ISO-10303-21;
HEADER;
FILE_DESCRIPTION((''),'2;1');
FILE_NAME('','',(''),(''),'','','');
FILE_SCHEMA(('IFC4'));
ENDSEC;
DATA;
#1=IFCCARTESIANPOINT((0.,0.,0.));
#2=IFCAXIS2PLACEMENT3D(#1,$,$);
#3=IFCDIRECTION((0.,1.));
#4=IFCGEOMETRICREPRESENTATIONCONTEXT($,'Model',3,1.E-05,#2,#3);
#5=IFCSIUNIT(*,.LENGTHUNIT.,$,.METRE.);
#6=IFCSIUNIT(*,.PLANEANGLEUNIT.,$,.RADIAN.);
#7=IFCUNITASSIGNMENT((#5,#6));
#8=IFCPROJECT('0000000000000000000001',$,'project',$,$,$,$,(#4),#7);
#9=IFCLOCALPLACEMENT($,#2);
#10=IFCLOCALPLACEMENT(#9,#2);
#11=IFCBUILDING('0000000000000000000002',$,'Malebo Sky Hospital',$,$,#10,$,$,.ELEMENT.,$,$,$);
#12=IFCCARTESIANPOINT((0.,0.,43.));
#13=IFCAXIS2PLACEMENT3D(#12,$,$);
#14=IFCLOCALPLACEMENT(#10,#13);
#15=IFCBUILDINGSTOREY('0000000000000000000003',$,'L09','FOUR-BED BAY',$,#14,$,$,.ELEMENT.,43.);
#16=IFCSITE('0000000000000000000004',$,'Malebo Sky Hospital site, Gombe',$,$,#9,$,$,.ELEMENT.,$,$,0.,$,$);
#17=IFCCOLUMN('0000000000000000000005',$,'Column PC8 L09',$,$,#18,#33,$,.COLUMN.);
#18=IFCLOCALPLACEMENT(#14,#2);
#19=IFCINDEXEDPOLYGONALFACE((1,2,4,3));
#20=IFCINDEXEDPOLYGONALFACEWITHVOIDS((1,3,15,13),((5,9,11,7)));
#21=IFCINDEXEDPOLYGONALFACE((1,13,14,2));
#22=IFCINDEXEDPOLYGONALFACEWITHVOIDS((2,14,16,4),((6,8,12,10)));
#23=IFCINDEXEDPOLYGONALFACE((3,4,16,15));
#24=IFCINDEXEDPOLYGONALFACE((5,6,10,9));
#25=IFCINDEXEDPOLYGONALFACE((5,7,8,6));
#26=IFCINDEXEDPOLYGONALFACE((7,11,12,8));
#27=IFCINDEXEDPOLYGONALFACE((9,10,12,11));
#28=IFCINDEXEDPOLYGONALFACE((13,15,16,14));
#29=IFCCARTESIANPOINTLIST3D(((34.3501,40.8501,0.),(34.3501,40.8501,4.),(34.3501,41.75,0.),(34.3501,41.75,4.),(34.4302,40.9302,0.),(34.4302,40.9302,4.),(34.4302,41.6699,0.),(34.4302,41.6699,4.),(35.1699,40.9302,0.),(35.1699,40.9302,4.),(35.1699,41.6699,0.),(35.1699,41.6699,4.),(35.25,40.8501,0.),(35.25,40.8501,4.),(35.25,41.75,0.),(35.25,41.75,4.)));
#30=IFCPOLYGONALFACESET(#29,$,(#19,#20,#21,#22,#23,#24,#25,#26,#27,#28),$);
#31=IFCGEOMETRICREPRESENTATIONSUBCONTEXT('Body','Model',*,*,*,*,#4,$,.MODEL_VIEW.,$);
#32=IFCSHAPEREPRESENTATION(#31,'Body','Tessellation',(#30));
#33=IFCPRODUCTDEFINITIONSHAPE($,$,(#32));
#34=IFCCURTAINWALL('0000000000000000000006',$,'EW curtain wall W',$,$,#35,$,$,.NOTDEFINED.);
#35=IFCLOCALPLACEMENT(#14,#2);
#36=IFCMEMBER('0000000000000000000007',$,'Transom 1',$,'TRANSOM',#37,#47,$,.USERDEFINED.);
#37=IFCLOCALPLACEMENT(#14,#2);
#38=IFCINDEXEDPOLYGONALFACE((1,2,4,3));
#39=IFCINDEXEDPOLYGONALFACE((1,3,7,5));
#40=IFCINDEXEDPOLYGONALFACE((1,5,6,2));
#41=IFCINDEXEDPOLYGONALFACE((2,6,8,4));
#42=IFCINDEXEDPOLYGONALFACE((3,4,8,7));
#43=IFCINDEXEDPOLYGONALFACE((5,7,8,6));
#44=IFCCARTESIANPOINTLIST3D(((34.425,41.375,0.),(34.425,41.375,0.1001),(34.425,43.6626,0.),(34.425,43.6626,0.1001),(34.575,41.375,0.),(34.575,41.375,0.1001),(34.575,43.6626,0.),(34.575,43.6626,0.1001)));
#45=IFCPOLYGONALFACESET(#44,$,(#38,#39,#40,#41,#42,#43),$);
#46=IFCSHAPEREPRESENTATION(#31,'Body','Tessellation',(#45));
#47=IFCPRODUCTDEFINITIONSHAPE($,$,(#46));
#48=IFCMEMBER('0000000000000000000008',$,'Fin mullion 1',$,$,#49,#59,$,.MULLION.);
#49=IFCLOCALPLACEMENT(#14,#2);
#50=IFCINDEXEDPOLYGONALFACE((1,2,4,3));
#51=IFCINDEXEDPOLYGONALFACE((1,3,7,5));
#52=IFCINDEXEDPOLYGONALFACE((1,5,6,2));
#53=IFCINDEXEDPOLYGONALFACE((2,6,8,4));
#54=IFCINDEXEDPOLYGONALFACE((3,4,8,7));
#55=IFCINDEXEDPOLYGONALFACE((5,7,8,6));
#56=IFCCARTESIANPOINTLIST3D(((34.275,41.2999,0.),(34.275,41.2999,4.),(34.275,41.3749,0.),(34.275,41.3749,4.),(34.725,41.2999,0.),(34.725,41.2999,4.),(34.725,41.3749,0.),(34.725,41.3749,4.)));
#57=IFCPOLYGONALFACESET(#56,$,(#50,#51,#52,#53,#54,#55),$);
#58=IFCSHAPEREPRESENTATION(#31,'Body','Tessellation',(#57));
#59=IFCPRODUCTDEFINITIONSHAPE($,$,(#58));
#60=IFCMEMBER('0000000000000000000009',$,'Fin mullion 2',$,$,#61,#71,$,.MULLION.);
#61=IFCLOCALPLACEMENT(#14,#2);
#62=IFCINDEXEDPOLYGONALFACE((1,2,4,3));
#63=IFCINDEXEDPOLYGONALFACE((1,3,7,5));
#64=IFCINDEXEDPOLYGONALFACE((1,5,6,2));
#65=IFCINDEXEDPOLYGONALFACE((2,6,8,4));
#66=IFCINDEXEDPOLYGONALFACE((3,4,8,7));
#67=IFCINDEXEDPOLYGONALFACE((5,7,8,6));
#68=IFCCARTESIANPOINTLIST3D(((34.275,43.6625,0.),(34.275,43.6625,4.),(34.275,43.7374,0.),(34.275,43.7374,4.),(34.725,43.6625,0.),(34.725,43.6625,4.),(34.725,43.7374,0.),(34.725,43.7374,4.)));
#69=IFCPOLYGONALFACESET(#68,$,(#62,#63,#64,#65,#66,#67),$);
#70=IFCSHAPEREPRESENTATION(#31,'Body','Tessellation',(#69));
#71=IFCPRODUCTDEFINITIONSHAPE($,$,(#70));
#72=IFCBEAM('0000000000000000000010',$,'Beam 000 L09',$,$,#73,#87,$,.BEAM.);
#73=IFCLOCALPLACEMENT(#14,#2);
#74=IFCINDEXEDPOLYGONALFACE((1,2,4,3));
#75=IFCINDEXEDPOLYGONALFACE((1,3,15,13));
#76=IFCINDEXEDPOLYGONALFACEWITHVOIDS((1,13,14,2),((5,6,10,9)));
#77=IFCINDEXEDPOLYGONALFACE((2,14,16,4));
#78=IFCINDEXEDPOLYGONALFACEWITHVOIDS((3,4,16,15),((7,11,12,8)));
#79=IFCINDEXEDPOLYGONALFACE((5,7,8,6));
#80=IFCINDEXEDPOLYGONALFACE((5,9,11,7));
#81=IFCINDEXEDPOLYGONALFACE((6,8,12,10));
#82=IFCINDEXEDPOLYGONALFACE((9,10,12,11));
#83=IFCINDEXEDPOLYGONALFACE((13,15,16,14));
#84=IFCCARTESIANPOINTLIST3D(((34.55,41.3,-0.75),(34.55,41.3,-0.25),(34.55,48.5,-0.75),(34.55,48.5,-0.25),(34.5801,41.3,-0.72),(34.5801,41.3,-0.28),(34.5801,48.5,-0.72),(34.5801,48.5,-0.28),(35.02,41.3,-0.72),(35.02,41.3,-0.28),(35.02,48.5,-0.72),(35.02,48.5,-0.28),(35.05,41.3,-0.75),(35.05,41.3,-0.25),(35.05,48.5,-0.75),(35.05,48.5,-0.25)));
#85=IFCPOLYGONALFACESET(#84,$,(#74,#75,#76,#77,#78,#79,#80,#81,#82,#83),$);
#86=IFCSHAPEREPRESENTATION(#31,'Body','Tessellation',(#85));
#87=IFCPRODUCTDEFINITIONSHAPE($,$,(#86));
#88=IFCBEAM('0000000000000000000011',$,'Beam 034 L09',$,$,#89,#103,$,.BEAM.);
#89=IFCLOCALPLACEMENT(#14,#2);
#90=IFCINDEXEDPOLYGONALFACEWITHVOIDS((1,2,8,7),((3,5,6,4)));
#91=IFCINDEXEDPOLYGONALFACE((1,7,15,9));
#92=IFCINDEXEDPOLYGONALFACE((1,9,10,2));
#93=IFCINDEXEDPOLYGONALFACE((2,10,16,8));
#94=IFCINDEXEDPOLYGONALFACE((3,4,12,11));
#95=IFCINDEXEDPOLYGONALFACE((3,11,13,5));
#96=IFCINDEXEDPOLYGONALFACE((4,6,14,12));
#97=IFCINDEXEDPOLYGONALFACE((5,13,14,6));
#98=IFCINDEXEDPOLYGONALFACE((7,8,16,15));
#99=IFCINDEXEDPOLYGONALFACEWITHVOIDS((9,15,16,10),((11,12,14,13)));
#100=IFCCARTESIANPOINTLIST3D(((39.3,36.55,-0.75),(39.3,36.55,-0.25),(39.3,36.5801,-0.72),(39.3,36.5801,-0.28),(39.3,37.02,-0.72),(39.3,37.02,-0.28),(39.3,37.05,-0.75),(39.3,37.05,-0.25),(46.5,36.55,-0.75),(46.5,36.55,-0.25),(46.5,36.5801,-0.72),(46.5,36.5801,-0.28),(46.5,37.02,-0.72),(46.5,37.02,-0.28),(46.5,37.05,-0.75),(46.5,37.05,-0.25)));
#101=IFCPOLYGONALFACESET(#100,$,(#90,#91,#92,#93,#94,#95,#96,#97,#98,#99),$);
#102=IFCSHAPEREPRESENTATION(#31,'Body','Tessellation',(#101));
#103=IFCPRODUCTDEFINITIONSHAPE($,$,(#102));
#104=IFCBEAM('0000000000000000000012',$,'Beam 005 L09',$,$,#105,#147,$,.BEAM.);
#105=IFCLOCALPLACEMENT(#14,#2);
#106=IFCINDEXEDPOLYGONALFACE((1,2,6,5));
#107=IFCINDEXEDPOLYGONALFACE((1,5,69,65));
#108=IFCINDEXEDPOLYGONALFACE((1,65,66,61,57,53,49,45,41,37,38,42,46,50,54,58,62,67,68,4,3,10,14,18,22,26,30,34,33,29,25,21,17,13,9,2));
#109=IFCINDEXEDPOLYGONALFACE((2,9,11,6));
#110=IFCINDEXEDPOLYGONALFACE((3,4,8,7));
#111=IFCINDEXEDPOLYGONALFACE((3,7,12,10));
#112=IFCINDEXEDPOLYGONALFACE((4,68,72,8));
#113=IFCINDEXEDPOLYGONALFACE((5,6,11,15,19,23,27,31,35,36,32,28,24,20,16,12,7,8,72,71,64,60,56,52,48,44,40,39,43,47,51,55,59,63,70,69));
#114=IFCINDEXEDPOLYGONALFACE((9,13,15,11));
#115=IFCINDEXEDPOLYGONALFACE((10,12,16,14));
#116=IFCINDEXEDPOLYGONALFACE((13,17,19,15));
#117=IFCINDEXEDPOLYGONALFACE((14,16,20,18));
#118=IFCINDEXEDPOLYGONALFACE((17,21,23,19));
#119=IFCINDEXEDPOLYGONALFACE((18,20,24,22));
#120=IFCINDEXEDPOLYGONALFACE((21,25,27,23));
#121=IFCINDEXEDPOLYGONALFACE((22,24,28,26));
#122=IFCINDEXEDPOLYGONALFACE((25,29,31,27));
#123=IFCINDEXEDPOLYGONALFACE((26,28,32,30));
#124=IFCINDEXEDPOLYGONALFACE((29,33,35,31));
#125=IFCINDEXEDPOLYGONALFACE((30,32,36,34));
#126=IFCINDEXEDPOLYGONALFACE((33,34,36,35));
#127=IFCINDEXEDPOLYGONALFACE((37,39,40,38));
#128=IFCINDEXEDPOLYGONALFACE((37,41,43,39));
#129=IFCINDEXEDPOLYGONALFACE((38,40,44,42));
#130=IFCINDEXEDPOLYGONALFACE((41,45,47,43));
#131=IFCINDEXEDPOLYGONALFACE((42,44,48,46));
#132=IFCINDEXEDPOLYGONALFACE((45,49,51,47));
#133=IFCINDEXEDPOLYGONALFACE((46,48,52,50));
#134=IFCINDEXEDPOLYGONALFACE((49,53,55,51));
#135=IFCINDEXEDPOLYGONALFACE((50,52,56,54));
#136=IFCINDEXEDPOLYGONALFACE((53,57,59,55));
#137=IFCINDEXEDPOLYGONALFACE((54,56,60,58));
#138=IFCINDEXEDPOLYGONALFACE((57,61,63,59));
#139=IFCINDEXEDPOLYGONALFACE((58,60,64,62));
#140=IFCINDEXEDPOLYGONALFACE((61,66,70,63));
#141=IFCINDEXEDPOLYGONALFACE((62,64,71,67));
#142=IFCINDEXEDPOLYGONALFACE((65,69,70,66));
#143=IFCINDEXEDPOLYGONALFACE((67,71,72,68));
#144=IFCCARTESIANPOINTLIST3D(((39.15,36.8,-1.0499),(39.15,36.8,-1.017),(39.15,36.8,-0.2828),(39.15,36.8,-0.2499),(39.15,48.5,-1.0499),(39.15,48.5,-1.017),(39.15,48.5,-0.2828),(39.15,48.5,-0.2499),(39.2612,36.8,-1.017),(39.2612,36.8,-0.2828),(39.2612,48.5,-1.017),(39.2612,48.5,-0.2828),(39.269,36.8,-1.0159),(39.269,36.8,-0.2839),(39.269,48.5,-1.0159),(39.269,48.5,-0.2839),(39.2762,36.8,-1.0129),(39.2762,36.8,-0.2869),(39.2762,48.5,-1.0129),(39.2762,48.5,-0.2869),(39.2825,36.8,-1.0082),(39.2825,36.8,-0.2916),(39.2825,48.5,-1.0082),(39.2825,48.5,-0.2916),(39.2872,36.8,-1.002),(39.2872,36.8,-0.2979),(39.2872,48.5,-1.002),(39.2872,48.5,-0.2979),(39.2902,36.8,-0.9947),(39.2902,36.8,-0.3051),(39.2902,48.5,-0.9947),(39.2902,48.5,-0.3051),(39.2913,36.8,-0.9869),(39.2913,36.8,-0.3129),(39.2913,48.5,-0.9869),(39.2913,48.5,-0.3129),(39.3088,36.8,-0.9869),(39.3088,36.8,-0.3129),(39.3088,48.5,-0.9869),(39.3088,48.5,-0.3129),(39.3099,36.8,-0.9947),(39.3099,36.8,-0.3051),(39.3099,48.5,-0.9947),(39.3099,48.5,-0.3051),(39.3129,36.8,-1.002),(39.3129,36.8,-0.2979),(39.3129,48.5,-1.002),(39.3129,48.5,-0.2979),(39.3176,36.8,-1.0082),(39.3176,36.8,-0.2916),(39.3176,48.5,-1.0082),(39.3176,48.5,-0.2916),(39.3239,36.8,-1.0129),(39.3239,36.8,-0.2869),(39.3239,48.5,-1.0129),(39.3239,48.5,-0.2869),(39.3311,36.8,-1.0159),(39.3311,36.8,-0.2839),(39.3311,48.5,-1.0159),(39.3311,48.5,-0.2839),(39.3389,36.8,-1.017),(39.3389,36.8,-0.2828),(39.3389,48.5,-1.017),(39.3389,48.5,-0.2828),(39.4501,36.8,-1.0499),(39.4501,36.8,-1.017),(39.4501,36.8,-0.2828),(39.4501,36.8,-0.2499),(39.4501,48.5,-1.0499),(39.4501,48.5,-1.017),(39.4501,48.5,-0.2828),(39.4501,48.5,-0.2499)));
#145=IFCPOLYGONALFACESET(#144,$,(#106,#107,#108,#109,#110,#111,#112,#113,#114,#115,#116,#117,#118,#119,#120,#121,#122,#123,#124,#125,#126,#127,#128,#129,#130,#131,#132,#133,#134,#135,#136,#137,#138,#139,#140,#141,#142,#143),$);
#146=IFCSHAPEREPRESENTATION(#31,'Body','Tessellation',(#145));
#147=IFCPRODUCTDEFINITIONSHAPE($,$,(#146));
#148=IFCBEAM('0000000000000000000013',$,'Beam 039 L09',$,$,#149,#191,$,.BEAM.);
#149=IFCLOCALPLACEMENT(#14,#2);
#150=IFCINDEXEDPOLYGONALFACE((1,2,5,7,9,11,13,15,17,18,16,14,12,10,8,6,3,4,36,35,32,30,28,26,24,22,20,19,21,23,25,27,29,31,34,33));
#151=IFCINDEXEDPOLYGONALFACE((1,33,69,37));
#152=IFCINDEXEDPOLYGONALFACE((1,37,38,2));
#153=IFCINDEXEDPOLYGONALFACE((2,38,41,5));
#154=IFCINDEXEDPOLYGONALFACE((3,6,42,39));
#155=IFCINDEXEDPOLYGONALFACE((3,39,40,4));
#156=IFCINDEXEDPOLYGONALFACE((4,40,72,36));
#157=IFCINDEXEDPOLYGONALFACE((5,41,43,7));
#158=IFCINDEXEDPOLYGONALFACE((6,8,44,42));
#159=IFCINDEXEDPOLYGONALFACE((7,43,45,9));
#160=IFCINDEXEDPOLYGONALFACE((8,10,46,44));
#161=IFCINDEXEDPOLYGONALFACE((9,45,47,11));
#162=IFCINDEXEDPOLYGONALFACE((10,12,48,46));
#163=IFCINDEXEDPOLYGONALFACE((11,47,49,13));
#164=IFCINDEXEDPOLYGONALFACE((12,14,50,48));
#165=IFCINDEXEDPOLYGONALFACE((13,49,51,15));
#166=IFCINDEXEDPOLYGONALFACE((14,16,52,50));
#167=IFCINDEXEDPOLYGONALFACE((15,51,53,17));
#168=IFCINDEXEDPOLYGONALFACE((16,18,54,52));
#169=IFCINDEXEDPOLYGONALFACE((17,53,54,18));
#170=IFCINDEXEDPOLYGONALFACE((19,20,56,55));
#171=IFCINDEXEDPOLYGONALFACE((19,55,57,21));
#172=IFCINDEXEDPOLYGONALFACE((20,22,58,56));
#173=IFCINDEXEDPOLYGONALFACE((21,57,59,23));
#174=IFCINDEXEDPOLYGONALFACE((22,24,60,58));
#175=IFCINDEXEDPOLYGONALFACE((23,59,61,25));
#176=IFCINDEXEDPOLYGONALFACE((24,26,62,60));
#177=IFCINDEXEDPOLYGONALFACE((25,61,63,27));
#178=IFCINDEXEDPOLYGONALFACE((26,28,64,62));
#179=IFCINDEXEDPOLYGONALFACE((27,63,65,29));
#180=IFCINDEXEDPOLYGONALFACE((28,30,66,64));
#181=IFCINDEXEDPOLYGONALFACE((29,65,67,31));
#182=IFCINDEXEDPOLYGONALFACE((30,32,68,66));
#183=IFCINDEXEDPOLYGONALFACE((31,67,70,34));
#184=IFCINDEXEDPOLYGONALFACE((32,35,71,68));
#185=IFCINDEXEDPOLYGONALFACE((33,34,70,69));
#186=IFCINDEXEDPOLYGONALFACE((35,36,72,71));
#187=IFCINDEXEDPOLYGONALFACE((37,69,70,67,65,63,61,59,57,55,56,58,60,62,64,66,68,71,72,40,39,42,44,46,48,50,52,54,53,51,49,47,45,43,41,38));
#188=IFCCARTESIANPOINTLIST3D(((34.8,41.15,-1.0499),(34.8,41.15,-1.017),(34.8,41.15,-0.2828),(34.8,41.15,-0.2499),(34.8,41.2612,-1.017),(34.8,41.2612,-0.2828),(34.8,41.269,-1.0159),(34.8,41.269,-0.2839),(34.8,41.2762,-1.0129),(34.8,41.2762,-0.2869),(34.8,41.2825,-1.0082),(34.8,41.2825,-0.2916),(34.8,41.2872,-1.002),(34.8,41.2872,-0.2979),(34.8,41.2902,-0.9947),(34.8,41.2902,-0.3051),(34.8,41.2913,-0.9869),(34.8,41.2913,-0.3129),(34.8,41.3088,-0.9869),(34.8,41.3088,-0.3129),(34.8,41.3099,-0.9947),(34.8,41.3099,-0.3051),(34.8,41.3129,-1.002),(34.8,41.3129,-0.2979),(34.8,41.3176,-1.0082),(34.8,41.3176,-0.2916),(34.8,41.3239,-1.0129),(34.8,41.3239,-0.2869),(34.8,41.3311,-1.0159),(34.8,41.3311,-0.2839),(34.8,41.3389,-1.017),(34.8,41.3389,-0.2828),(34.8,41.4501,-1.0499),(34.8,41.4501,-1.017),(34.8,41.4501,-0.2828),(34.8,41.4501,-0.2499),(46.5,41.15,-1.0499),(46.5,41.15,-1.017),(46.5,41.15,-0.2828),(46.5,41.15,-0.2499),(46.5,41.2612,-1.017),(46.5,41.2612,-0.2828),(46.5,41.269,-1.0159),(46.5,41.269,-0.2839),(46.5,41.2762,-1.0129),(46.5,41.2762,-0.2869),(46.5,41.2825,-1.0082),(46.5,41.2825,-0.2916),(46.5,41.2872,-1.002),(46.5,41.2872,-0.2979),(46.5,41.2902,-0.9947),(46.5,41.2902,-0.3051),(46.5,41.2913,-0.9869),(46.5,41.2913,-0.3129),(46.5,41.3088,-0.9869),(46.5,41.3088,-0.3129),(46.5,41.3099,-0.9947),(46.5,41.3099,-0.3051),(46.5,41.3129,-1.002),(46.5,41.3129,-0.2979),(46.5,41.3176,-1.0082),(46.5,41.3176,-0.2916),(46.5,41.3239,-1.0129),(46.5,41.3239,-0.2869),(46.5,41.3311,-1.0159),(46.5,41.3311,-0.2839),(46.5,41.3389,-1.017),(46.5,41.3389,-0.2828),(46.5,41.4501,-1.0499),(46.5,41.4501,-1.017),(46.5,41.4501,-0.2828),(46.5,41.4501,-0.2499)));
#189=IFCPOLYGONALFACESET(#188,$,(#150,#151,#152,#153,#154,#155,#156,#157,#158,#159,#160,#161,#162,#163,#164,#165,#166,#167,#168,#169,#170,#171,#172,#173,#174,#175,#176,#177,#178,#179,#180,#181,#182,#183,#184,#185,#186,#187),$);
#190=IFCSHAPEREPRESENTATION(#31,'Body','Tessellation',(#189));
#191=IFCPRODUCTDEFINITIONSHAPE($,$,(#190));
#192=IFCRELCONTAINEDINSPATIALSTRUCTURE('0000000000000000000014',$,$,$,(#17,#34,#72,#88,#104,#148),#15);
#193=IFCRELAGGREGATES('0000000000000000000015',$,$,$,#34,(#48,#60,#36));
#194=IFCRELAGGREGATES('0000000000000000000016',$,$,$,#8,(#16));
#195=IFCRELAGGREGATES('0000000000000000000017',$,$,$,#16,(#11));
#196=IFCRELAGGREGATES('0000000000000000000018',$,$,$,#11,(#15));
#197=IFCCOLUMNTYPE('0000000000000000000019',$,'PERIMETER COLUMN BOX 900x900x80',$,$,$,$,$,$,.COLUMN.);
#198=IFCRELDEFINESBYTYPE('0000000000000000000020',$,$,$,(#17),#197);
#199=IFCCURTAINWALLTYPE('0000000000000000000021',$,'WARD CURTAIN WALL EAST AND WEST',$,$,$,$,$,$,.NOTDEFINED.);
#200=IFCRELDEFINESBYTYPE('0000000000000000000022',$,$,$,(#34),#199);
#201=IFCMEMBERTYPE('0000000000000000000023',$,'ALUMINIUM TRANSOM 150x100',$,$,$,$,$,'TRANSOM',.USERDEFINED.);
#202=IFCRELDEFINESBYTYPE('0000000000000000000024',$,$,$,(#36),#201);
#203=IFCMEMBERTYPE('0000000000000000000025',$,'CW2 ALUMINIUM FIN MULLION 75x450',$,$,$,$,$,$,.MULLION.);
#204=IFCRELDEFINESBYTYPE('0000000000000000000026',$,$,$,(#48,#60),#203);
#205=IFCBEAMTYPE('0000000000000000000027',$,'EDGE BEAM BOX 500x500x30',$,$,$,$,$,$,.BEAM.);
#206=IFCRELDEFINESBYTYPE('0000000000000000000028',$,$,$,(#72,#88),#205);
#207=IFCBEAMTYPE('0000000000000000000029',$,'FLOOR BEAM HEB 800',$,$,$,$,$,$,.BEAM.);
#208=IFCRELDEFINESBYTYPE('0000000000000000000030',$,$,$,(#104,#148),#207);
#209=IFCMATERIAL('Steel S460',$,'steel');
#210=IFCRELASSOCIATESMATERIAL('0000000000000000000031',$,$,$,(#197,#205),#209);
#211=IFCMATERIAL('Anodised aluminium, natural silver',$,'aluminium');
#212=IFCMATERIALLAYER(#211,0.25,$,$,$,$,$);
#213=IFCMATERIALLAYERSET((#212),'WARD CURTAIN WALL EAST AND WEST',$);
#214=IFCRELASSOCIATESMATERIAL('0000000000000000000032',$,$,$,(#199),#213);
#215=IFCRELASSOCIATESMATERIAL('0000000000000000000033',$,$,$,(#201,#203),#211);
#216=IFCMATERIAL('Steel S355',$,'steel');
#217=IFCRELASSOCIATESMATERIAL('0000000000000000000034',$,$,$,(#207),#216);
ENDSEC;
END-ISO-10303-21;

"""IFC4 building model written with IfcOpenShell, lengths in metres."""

from ifc_helpers import new_model, si_unit, direction, frame, origin, origin_2d, place, context, subcontext, project, spatial, rectangle, hollow_rectangle, i_section, extrude, material, layer, layer_set, material_profile, profile_set, type_object, element, aggregate, save


model = new_model("IFC4")

# Units and contexts
model_context = context("Model", 3, precision=1e-05, world=origin(), true_north=direction((0.0, 1.0)))
body_context = subcontext(model_context, "Body", "Model", "MODEL_VIEW")
ifc_project = project(units=[si_unit("LENGTHUNIT", "METRE"), si_unit("PLANEANGLEUNIT", "RADIAN")], contexts=[model_context])

# Site, building, storey
site_placement = place(None, origin())
site = spatial("IfcSite", under=ifc_project, at=site_placement, Name="Malebo Sky Hospital site, Gombe", CompositionType="ELEMENT", RefElevation=0.0)
building_placement = place(site_placement, origin())
building = spatial("IfcBuilding", under=site, at=building_placement, Name="Malebo Sky Hospital", CompositionType="ELEMENT")
storey_placement = place(building_placement, frame((0.0, 0.0, 43.0)))
storey = spatial("IfcBuildingStorey", under=building, at=storey_placement, Name="L09", Description="FOUR-BED BAY", CompositionType="ELEMENT", Elevation=43.0)

# Column
ifc_material_1 = material(Name="Steel S460", Category="steel")
ifc_material_profile_1 = material_profile(ifc_material_1, hollow_rectangle(XDim=0.8999, YDim=0.8999, WallThickness=0.0801, at=origin_2d()), Name="BOX 900x900x80")
ifc_profile_set_1 = profile_set([ifc_material_profile_1], Name="Steel S460")
column_type = type_object("IfcColumnType", Name="PERIMETER COLUMN BOX 900x900x80", PredefinedType="COLUMN", material=ifc_profile_set_1)
column_placement = place(storey_placement, frame((34.8, 41.3, 0.0), z_axis=(0.0, 0.0, 1.0), x_axis=(1.0, 0.0, 0.0)))
element("IfcColumn", 1, at=column_placement, inside=storey, type_object=column_type, Name="Column PC8 L09", PredefinedType="COLUMN", context=body_context, shape_type="SweptSolid", body=[
    extrude(hollow_rectangle(XDim=0.8999, YDim=0.8999, WallThickness=0.0801, at=origin_2d()), origin(), (0.0, 0.0, 1.0), 4.0),
])

# Curtain wall, members
ifc_material_2 = material(Name="Anodised aluminium, natural silver", Category="aluminium")
ifc_layer_1 = layer(ifc_material_2, 0.25)
ifc_layer_set_1 = layer_set([ifc_layer_1], Name="WARD CURTAIN WALL EAST AND WEST")
curtain_wall_type = type_object("IfcCurtainWallType", Name="WARD CURTAIN WALL EAST AND WEST", PredefinedType="NOTDEFINED", material=ifc_layer_set_1)
curtain_wall_placement = place(storey_placement, origin())
curtain_wall = element("IfcCurtainWall", 2, at=curtain_wall_placement, inside=storey, type_object=curtain_wall_type, Name="EW curtain wall W", PredefinedType="NOTDEFINED")
ifc_material_profile_2 = material_profile(ifc_material_2, rectangle(XDim=0.1499, YDim=0.1001, at=origin_2d()), Name="ALUMINIUM TRANSOM 150x100")
ifc_profile_set_2 = profile_set([ifc_material_profile_2], Name="Anodised aluminium, natural silver")
member_type_1 = type_object("IfcMemberType", Name="ALUMINIUM TRANSOM 150x100", ElementType="TRANSOM", PredefinedType="USERDEFINED", material=ifc_profile_set_2)
member_1_placement = place(storey_placement, frame((34.5, 41.375, 0.05), z_axis=(0.0, 1.0, 0.0), x_axis=(-1.0, 0.0, 0.0)))
member_1 = element("IfcMember", 3, at=member_1_placement, type_object=member_type_1, Name="Transom 1", ObjectType="TRANSOM", PredefinedType="USERDEFINED", context=body_context, shape_type="SweptSolid", body=[
    extrude(rectangle(XDim=0.1499, YDim=0.1001, at=origin_2d()), origin(), (0.0, 0.0, 1.0), 2.2876),
])
ifc_material_profile_3 = material_profile(ifc_material_2, rectangle(XDim=0.075, YDim=0.45, at=origin_2d()), Name="CW2 ALUMINIUM FIN MULLION 75x450")
ifc_profile_set_3 = profile_set([ifc_material_profile_3], Name="Anodised aluminium, natural silver")
member_type_2 = type_object("IfcMemberType", Name="CW2 ALUMINIUM FIN MULLION 75x450", PredefinedType="MULLION", material=ifc_profile_set_3)
member_2_placement = place(storey_placement, frame((34.5, 41.3374, 0.0), z_axis=(0.0, 0.0, 1.0), x_axis=(0.0, 1.0, 0.0)))
member_2 = element("IfcMember", 4, at=member_2_placement, type_object=member_type_2, Name="Fin mullion 1", PredefinedType="MULLION", context=body_context, shape_type="SweptSolid", body=[
    extrude(rectangle(XDim=0.075, YDim=0.45, at=origin_2d()), origin(), (0.0, 0.0, 1.0), 4.0),
])
member_3_placement = place(storey_placement, frame((34.5, 43.7, 0.0), z_axis=(0.0, 0.0, 1.0), x_axis=(0.0, 1.0, 0.0)))
member_3 = element("IfcMember", 5, at=member_3_placement, type_object=member_type_2, Name="Fin mullion 2", PredefinedType="MULLION", context=body_context, shape_type="SweptSolid", body=[
    extrude(rectangle(XDim=0.075, YDim=0.45, at=origin_2d()), origin(), (0.0, 0.0, 1.0), 4.0),
])

# Beams
ifc_material_profile_4 = material_profile(ifc_material_1, hollow_rectangle(XDim=0.5, YDim=0.5, WallThickness=0.03, at=origin_2d()), Name="BOX 500x500x30")
ifc_profile_set_4 = profile_set([ifc_material_profile_4], Name="Steel S460")
beam_type_1 = type_object("IfcBeamType", Name="EDGE BEAM BOX 500x500x30", PredefinedType="BEAM", material=ifc_profile_set_4)
for number, where, z_axis, x_axis, name in (
    (6, (34.8, 41.3, -0.5), (0.0, 1.0, 0.0), (-1.0, 0.0, 0.0), "Beam 000 L09"),
    (7, (39.3, 36.8, -0.5), (1.0, 0.0, 0.0), (0.0, 1.0, 0.0), "Beam 034 L09"),
):
    element("IfcBeam", number, at=place(storey_placement, frame(where, z_axis=z_axis, x_axis=x_axis)), inside=storey, type_object=beam_type_1, Name=name, PredefinedType="BEAM", context=body_context, shape_type="SweptSolid", body=[
        extrude(hollow_rectangle(XDim=0.5, YDim=0.5, WallThickness=0.03, at=origin_2d()), origin(), (0.0, 0.0, 1.0), 7.2),
    ])
ifc_material_3 = material(Name="Steel S355", Category="steel")
ifc_material_profile_5 = material_profile(ifc_material_3, i_section(OverallWidth=0.3, OverallDepth=0.8, WebThickness=0.0176, FlangeThickness=0.033, FilletRadius=0.03, at=origin_2d()), Name="HEB 800")
ifc_profile_set_5 = profile_set([ifc_material_profile_5], Name="Steel S355")
beam_type_2 = type_object("IfcBeamType", Name="FLOOR BEAM HEB 800", PredefinedType="BEAM", material=ifc_profile_set_5)
for number, where, z_axis, x_axis, name in (
    (8, (39.3, 36.8, -0.6499), (0.0, 1.0, 0.0), (-1.0, 0.0, 0.0), "Beam 005 L09"),
    (9, (34.8, 41.3, -0.6499), (1.0, 0.0, 0.0), (0.0, 1.0, 0.0), "Beam 039 L09"),
):
    element("IfcBeam", number, at=place(storey_placement, frame(where, z_axis=z_axis, x_axis=x_axis)), inside=storey, type_object=beam_type_2, Name=name, PredefinedType="BEAM", context=body_context, shape_type="SweptSolid", body=[
        extrude(i_section(OverallWidth=0.3, OverallDepth=0.8, WebThickness=0.0176, FlangeThickness=0.033, FilletRadius=0.03, at=origin_2d()), origin(), (0.0, 0.0, 1.0), 11.7),
    ])

aggregate(curtain_wall, [member_2, member_3, member_1])

save(model, "model.ifc")
